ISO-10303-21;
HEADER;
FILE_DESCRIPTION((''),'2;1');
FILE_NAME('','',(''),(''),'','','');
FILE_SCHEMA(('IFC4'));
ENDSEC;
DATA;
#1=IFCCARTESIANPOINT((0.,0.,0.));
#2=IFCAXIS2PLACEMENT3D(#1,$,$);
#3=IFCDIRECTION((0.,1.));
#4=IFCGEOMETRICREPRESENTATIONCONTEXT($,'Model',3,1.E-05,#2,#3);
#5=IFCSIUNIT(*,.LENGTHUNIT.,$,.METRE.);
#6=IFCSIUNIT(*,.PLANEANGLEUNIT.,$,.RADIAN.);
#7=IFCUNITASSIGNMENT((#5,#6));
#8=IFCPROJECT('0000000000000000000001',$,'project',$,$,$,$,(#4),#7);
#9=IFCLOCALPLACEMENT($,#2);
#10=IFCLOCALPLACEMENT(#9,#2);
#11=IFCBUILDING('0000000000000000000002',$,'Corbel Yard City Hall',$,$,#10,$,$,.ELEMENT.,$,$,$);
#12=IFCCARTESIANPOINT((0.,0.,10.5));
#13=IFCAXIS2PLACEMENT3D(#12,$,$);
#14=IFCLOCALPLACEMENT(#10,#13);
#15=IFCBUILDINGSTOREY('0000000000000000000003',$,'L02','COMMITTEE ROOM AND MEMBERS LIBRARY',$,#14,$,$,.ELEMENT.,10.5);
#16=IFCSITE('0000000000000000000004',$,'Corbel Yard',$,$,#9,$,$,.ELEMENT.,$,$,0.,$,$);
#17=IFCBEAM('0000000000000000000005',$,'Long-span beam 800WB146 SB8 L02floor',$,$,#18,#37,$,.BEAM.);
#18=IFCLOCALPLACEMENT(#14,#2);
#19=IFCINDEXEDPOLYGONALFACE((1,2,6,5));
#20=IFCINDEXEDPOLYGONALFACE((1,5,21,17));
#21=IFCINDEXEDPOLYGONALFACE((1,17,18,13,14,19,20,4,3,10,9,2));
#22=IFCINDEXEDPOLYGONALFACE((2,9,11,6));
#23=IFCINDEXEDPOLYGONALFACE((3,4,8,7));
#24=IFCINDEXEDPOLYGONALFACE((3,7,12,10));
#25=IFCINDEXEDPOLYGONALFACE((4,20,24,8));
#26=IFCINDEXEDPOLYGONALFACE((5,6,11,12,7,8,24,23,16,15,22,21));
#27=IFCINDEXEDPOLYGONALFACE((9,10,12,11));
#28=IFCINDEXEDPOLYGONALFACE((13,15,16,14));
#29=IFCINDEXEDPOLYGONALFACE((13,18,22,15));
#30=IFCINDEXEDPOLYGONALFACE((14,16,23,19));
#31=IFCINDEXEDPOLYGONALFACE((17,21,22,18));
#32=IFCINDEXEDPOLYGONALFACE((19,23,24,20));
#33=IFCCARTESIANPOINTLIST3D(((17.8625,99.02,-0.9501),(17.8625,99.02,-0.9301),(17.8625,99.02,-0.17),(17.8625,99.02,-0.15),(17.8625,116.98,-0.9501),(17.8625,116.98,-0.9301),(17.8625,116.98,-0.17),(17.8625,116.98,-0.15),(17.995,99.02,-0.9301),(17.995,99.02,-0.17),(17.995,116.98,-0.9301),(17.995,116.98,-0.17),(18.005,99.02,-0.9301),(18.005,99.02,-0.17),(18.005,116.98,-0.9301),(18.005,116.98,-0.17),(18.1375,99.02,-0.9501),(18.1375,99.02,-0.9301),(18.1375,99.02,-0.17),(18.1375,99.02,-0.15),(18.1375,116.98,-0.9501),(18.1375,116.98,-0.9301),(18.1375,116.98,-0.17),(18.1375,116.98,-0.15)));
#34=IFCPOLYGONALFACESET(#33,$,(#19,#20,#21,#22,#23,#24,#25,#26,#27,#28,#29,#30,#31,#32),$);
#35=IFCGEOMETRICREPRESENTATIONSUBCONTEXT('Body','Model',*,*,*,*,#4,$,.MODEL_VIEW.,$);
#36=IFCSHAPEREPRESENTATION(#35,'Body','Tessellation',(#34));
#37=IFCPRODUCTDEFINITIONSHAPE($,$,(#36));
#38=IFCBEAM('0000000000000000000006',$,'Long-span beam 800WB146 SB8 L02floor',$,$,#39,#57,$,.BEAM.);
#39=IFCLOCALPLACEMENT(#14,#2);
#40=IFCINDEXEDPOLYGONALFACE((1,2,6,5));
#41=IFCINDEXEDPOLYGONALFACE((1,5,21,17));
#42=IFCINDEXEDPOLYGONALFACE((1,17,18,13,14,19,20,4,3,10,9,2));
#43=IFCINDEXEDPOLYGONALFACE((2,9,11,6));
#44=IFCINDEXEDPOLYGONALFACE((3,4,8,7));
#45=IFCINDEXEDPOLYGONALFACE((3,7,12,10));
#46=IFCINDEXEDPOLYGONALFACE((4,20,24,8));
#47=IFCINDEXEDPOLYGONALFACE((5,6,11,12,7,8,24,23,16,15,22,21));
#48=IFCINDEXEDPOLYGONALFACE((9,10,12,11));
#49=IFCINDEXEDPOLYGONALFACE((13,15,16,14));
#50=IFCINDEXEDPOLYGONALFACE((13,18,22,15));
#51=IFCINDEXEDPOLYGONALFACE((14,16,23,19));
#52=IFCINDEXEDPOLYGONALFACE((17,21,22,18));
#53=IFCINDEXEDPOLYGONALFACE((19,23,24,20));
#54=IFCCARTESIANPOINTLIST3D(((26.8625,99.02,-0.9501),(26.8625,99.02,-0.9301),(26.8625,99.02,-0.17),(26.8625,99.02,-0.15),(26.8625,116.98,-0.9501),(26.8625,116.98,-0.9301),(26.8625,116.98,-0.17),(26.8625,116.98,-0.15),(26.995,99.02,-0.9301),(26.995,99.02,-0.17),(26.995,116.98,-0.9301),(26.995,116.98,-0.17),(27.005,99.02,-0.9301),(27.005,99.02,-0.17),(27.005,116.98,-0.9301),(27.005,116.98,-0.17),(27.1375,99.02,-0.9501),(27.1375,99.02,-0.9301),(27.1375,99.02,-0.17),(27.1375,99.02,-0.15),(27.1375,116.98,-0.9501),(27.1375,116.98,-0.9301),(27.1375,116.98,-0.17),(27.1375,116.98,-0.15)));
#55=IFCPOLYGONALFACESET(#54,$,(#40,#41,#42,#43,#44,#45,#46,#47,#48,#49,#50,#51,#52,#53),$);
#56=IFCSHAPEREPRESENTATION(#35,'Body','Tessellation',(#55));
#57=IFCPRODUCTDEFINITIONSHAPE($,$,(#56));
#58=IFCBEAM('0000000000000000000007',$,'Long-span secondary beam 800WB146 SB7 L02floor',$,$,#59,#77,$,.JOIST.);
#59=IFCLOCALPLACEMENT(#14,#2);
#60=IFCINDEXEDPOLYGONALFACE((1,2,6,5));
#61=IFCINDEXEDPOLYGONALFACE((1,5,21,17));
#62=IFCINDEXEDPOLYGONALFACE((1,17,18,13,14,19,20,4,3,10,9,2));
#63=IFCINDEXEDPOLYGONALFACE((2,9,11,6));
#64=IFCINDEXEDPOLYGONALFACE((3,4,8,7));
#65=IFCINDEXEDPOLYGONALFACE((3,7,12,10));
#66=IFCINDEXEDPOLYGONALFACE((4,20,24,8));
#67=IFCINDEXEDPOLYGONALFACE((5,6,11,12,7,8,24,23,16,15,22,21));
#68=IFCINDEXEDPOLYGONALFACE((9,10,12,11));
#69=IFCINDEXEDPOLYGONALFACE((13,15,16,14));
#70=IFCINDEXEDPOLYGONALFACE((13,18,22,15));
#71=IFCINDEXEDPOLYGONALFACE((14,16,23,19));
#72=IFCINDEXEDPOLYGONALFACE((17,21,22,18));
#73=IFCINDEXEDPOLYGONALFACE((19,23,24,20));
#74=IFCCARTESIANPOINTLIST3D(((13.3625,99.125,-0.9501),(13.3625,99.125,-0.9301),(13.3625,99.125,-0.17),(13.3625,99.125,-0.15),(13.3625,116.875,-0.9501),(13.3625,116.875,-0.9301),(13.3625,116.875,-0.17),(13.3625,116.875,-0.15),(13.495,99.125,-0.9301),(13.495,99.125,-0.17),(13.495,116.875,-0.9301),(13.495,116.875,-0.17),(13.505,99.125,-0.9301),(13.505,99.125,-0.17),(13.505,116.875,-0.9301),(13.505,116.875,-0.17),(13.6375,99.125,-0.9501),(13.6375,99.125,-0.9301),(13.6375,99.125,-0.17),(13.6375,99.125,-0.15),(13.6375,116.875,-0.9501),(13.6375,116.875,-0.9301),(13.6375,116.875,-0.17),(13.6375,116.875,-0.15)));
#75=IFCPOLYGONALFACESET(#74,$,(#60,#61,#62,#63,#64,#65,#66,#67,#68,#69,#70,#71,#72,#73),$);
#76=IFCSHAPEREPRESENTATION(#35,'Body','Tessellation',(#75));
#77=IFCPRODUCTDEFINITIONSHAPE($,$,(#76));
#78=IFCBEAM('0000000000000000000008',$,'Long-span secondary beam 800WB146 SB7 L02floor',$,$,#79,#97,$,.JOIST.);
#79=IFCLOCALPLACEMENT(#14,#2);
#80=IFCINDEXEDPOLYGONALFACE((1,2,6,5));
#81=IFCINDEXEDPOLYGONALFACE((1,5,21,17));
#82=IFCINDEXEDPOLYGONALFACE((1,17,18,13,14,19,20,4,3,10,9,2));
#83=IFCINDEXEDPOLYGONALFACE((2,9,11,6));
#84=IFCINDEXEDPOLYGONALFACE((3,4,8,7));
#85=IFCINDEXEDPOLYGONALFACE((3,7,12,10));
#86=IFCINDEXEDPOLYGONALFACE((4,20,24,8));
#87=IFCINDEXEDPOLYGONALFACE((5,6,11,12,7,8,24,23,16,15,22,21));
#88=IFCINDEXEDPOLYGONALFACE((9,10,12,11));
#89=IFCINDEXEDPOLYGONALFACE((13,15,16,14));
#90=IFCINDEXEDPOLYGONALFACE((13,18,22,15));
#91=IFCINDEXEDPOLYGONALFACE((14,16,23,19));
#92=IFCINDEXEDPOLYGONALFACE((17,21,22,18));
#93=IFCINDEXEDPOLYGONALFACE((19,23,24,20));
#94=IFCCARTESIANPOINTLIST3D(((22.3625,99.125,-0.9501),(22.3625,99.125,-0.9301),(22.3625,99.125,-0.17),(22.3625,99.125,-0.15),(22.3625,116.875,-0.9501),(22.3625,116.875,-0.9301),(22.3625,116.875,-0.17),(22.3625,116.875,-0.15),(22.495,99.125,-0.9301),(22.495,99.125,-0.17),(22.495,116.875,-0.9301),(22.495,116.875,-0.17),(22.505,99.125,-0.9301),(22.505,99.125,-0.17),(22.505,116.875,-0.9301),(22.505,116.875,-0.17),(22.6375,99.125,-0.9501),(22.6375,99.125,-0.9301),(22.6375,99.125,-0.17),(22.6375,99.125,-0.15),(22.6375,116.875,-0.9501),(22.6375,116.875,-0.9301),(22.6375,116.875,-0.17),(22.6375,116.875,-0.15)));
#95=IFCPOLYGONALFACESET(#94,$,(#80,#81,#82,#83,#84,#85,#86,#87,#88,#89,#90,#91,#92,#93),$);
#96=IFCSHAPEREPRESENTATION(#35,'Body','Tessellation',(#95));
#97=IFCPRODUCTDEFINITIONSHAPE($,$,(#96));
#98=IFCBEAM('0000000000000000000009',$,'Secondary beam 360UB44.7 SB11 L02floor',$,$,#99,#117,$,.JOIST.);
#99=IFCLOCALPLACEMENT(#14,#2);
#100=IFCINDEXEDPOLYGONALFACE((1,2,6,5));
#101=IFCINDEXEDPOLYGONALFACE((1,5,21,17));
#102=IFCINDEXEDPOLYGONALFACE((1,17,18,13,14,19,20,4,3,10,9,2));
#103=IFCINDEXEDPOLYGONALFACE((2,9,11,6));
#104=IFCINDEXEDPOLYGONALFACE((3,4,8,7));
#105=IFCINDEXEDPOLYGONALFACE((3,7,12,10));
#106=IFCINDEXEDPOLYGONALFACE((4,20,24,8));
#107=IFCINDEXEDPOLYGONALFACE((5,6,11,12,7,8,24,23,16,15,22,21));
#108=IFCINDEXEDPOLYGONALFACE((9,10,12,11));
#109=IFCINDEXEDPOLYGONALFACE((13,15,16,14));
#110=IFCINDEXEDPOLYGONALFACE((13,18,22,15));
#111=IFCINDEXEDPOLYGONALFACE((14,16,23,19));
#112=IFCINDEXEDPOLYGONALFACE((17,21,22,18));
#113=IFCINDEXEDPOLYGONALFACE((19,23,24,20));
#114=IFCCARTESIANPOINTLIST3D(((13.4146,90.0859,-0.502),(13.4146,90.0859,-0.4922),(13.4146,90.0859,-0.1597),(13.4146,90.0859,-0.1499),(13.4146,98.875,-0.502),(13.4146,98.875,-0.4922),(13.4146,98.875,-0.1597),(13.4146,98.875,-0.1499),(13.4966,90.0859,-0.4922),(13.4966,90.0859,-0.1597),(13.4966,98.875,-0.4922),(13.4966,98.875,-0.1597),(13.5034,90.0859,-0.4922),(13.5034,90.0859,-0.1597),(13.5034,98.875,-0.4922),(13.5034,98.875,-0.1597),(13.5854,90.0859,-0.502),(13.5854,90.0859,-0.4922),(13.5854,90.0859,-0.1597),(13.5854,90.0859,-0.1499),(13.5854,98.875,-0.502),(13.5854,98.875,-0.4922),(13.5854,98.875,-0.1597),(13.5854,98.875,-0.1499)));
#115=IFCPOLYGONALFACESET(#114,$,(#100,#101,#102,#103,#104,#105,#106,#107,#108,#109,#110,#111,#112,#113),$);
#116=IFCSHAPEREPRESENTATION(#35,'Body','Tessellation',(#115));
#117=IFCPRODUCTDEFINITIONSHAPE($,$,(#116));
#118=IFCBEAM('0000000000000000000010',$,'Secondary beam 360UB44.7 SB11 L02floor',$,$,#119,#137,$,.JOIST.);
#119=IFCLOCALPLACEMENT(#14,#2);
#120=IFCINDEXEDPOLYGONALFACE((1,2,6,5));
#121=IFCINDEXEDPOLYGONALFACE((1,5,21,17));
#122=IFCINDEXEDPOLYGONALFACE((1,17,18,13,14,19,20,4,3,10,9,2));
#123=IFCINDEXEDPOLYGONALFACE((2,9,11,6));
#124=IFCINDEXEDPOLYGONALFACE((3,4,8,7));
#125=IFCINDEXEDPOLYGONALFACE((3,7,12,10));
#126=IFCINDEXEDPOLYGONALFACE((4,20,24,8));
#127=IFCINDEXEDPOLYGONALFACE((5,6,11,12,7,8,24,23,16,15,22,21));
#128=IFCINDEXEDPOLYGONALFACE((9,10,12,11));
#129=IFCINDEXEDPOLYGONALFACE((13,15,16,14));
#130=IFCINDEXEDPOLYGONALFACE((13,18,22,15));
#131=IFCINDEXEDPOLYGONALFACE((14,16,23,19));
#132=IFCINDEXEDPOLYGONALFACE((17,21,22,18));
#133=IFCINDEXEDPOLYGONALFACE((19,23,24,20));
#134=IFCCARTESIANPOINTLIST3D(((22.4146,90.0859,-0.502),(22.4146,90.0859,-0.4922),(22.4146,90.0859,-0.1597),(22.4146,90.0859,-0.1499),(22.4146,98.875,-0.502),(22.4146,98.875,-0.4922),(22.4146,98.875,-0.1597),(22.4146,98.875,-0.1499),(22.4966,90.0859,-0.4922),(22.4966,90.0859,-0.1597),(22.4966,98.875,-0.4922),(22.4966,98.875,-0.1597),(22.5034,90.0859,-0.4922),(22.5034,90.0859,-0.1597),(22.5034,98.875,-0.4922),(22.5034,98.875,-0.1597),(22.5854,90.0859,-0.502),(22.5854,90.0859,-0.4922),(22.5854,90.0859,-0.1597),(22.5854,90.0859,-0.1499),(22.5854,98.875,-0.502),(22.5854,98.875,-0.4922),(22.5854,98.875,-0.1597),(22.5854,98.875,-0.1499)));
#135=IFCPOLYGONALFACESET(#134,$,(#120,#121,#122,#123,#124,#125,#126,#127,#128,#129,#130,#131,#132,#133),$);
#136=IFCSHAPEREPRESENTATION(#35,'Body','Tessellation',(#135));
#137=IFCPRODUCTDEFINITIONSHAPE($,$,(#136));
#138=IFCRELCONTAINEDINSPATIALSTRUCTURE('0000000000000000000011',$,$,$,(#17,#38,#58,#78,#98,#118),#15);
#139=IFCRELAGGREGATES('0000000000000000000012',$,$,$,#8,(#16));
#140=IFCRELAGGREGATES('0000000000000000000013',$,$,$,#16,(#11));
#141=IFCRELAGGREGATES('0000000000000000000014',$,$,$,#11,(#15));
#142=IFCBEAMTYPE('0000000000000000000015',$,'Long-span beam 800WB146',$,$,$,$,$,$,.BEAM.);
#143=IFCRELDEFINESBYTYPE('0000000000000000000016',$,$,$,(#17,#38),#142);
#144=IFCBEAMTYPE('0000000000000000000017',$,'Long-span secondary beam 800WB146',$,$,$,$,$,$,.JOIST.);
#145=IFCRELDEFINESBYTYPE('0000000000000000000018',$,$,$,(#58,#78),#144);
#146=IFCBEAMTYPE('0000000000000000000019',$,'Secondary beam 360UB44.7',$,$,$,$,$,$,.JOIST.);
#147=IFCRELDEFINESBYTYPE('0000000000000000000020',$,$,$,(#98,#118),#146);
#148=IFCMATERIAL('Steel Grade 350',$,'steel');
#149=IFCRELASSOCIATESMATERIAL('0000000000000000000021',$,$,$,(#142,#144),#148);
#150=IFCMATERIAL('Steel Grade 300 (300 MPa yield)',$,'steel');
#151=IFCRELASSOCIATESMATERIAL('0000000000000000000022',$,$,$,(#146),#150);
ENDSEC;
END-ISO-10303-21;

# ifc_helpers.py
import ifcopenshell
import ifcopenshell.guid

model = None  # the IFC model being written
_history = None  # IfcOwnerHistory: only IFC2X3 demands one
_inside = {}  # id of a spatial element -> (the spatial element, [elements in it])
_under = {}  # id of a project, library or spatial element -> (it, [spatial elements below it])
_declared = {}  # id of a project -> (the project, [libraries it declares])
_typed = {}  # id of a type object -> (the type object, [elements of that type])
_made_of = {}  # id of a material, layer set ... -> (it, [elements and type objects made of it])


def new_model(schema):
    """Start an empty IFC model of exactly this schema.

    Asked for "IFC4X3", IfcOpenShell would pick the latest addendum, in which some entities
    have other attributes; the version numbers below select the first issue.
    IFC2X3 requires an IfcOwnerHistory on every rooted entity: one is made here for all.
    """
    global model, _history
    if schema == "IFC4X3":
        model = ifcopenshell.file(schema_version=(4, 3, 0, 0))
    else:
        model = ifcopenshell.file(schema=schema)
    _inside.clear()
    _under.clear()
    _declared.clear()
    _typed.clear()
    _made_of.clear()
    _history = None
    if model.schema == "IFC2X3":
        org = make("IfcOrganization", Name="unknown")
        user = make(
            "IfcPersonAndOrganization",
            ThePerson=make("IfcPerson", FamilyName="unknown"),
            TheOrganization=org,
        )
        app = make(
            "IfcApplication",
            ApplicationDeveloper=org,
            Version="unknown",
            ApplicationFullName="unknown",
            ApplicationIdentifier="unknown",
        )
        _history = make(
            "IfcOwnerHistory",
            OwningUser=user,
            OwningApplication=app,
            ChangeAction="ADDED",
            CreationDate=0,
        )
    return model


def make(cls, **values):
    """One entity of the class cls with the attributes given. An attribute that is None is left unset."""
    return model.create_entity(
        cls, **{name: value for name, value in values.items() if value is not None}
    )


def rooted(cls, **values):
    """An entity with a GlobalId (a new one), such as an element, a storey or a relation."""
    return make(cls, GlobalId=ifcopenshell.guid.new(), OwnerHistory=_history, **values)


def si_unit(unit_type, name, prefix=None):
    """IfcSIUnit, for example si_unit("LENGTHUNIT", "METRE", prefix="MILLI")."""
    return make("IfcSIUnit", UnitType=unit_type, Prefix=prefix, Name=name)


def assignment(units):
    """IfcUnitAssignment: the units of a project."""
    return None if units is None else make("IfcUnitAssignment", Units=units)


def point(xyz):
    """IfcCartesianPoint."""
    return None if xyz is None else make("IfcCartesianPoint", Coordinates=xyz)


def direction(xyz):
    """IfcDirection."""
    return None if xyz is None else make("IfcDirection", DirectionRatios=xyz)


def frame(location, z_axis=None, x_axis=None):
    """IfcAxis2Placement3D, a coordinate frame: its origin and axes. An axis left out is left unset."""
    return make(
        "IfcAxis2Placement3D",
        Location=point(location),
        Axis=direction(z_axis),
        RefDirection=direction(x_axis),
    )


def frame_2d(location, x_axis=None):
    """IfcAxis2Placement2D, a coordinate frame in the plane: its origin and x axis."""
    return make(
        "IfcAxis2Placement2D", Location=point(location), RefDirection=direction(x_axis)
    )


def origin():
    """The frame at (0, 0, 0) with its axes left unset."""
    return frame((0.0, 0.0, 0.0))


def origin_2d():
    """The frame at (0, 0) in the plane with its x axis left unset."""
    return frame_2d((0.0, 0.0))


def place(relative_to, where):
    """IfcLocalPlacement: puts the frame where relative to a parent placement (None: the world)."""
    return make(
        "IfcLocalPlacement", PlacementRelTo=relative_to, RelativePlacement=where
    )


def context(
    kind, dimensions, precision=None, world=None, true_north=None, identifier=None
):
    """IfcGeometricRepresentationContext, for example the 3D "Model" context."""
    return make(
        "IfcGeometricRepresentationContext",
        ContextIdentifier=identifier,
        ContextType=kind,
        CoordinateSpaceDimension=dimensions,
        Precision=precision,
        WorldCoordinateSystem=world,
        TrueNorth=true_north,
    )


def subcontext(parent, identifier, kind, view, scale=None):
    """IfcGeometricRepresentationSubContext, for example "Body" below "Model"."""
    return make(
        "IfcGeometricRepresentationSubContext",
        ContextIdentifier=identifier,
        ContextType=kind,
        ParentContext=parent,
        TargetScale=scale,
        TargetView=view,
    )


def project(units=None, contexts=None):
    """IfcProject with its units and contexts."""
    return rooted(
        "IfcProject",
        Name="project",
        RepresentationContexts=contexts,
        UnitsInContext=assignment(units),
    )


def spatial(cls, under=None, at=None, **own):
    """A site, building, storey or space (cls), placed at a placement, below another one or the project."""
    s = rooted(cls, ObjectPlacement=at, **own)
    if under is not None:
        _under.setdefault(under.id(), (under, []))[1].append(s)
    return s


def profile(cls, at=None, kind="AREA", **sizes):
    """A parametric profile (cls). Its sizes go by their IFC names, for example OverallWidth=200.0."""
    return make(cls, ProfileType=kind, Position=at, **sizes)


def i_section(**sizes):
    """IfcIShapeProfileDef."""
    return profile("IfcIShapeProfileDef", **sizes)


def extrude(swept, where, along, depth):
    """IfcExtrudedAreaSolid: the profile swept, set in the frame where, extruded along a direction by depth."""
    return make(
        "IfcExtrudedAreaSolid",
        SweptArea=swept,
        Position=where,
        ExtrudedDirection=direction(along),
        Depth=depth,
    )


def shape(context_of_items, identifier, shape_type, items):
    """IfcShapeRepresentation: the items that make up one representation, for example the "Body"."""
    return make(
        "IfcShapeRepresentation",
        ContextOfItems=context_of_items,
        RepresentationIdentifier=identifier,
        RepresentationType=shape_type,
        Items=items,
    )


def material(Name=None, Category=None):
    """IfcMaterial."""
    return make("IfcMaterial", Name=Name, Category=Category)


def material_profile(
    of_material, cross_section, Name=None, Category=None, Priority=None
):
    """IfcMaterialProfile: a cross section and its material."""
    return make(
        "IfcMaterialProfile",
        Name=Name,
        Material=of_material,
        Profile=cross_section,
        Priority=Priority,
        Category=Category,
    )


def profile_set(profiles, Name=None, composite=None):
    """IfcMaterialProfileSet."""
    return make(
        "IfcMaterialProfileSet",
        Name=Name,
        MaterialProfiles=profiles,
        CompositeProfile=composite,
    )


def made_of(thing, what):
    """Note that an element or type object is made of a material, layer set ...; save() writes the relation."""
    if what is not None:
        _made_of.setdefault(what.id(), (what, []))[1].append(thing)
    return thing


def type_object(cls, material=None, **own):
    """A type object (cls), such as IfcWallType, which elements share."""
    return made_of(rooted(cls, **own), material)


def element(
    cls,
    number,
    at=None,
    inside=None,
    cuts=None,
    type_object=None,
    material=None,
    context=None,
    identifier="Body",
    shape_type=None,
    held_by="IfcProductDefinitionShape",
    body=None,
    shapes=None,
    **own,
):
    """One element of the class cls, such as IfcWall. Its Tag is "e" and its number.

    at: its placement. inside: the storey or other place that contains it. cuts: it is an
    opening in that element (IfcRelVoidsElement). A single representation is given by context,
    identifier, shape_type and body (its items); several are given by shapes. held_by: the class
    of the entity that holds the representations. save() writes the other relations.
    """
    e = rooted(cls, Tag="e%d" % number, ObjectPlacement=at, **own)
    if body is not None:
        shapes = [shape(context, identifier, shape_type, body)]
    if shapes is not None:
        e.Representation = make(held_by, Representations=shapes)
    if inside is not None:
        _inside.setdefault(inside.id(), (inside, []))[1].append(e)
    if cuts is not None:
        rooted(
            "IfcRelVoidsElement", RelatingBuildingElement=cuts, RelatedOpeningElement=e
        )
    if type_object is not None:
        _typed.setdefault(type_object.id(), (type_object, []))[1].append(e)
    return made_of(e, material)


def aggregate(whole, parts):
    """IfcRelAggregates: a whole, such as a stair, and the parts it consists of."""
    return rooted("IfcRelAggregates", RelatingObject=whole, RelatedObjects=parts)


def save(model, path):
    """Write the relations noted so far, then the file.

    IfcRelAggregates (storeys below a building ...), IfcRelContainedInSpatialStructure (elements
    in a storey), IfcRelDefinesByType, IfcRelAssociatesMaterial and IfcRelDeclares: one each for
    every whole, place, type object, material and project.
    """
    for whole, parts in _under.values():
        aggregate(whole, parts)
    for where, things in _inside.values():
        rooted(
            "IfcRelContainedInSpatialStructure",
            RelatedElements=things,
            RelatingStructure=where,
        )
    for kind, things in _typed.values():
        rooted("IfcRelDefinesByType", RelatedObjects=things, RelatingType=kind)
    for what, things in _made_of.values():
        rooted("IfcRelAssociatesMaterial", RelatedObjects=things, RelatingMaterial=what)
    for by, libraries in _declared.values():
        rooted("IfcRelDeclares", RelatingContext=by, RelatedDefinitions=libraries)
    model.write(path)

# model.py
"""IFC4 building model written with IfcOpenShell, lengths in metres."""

from ifc_helpers import new_model, si_unit, direction, frame, origin, origin_2d, place, context, subcontext, project, spatial, i_section, extrude, material, material_profile, profile_set, type_object, element, save


model = new_model("IFC4")

# Units and contexts
model_context = context("Model", 3, precision=1e-05, world=origin(), true_north=direction((0.0, 1.0)))
body_context = subcontext(model_context, "Body", "Model", "MODEL_VIEW")
ifc_project = project(units=[si_unit("LENGTHUNIT", "METRE"), si_unit("PLANEANGLEUNIT", "RADIAN")], contexts=[model_context])

# Site, building, storey
site_placement = place(None, origin())
site = spatial("IfcSite", under=ifc_project, at=site_placement, Name="Corbel Yard", CompositionType="ELEMENT", RefElevation=0.0)
building_placement = place(site_placement, origin())
building = spatial("IfcBuilding", under=site, at=building_placement, Name="Corbel Yard City Hall", CompositionType="ELEMENT")
storey_placement = place(building_placement, frame((0.0, 0.0, 10.5)))
storey = spatial("IfcBuildingStorey", under=building, at=storey_placement, Name="L02", Description="COMMITTEE ROOM AND MEMBERS LIBRARY", CompositionType="ELEMENT", Elevation=10.5)

# Shared definitions
ifc_material_1 = material(Name="Steel Grade 350", Category="steel")

# Beams
ifc_material_2 = material(Name="Steel Grade 300 (300 MPa yield)", Category="steel")
ifc_material_profile_1 = material_profile(ifc_material_1, i_section(OverallWidth=0.2749, OverallDepth=0.8, WebThickness=0.01, FlangeThickness=0.02, at=origin_2d()), Name="800WB146")
ifc_profile_set_1 = profile_set([ifc_material_profile_1], Name="Steel Grade 350")
beam_type_1 = type_object("IfcBeamType", Name="Long-span beam 800WB146", PredefinedType="BEAM", material=ifc_profile_set_1)
for number, where, z_axis, x_axis, name in (
    (1, (18.0, 99.02, -0.55), (0.0, 1.0, 0.0), (-1.0, 0.0, 0.0), "Long-span beam 800WB146 SB8 L02floor"),
    (2, (27.0, 99.02, -0.55), (0.0, 1.0, 0.0), (-1.0, 0.0, 0.0), "Long-span beam 800WB146 SB8 L02floor"),
):
    element("IfcBeam", number, at=place(storey_placement, frame(where, z_axis=z_axis, x_axis=x_axis)), inside=storey, type_object=beam_type_1, Name=name, PredefinedType="BEAM", context=body_context, shape_type="SweptSolid", body=[
        extrude(i_section(OverallWidth=0.2749, OverallDepth=0.8, WebThickness=0.01, FlangeThickness=0.02, at=origin_2d()), origin(), (0.0, 0.0, 1.0), 17.96),
    ])
ifc_material_profile_2 = material_profile(ifc_material_1, i_section(OverallWidth=0.2749, OverallDepth=0.8, WebThickness=0.01, FlangeThickness=0.02, at=origin_2d()), Name="800WB146")
ifc_profile_set_2 = profile_set([ifc_material_profile_2], Name="Steel Grade 350")
beam_type_2 = type_object("IfcBeamType", Name="Long-span secondary beam 800WB146", PredefinedType="JOIST", material=ifc_profile_set_2)
for number, where, z_axis, x_axis, name in (
    (3, (13.5, 99.125, -0.55), (0.0, 1.0, 0.0), (-1.0, 0.0, 0.0), "Long-span secondary beam 800WB146 SB7 L02floor"),
    (4, (22.5, 99.125, -0.55), (0.0, 1.0, 0.0), (-1.0, 0.0, 0.0), "Long-span secondary beam 800WB146 SB7 L02floor"),
):
    element("IfcBeam", number, at=place(storey_placement, frame(where, z_axis=z_axis, x_axis=x_axis)), inside=storey, type_object=beam_type_2, Name=name, PredefinedType="JOIST", context=body_context, shape_type="SweptSolid", body=[
        extrude(i_section(OverallWidth=0.2749, OverallDepth=0.8, WebThickness=0.01, FlangeThickness=0.02, at=origin_2d()), origin(), (0.0, 0.0, 1.0), 17.75),
    ])
ifc_material_profile_3 = material_profile(ifc_material_2, i_section(OverallWidth=0.1709, OverallDepth=0.3521, WebThickness=0.0068, FlangeThickness=0.0098, at=origin_2d()), Name="360UB44.7")
ifc_profile_set_3 = profile_set([ifc_material_profile_3], Name="Steel Grade 300 (300 MPa yield)")
beam_type_3 = type_object("IfcBeamType", Name="Secondary beam 360UB44.7", PredefinedType="JOIST", material=ifc_profile_set_3)
for number, where, z_axis, x_axis, name in (
    (5, (13.5, 90.0859, -0.3259), (0.0, 1.0, 0.0), (-1.0, 0.0, 0.0), "Secondary beam 360UB44.7 SB11 L02floor"),
    (6, (22.5, 90.0859, -0.3259), (0.0, 1.0, 0.0), (-1.0, 0.0, 0.0), "Secondary beam 360UB44.7 SB11 L02floor"),
):
    element("IfcBeam", number, at=place(storey_placement, frame(where, z_axis=z_axis, x_axis=x_axis)), inside=storey, type_object=beam_type_3, Name=name, PredefinedType="JOIST", context=body_context, shape_type="SweptSolid", body=[
        extrude(i_section(OverallWidth=0.1709, OverallDepth=0.3521, WebThickness=0.0068, FlangeThickness=0.0098, at=origin_2d()), origin(), (0.0, 0.0, 1.0), 8.7891),
    ])

save(model, "model.ifc")
